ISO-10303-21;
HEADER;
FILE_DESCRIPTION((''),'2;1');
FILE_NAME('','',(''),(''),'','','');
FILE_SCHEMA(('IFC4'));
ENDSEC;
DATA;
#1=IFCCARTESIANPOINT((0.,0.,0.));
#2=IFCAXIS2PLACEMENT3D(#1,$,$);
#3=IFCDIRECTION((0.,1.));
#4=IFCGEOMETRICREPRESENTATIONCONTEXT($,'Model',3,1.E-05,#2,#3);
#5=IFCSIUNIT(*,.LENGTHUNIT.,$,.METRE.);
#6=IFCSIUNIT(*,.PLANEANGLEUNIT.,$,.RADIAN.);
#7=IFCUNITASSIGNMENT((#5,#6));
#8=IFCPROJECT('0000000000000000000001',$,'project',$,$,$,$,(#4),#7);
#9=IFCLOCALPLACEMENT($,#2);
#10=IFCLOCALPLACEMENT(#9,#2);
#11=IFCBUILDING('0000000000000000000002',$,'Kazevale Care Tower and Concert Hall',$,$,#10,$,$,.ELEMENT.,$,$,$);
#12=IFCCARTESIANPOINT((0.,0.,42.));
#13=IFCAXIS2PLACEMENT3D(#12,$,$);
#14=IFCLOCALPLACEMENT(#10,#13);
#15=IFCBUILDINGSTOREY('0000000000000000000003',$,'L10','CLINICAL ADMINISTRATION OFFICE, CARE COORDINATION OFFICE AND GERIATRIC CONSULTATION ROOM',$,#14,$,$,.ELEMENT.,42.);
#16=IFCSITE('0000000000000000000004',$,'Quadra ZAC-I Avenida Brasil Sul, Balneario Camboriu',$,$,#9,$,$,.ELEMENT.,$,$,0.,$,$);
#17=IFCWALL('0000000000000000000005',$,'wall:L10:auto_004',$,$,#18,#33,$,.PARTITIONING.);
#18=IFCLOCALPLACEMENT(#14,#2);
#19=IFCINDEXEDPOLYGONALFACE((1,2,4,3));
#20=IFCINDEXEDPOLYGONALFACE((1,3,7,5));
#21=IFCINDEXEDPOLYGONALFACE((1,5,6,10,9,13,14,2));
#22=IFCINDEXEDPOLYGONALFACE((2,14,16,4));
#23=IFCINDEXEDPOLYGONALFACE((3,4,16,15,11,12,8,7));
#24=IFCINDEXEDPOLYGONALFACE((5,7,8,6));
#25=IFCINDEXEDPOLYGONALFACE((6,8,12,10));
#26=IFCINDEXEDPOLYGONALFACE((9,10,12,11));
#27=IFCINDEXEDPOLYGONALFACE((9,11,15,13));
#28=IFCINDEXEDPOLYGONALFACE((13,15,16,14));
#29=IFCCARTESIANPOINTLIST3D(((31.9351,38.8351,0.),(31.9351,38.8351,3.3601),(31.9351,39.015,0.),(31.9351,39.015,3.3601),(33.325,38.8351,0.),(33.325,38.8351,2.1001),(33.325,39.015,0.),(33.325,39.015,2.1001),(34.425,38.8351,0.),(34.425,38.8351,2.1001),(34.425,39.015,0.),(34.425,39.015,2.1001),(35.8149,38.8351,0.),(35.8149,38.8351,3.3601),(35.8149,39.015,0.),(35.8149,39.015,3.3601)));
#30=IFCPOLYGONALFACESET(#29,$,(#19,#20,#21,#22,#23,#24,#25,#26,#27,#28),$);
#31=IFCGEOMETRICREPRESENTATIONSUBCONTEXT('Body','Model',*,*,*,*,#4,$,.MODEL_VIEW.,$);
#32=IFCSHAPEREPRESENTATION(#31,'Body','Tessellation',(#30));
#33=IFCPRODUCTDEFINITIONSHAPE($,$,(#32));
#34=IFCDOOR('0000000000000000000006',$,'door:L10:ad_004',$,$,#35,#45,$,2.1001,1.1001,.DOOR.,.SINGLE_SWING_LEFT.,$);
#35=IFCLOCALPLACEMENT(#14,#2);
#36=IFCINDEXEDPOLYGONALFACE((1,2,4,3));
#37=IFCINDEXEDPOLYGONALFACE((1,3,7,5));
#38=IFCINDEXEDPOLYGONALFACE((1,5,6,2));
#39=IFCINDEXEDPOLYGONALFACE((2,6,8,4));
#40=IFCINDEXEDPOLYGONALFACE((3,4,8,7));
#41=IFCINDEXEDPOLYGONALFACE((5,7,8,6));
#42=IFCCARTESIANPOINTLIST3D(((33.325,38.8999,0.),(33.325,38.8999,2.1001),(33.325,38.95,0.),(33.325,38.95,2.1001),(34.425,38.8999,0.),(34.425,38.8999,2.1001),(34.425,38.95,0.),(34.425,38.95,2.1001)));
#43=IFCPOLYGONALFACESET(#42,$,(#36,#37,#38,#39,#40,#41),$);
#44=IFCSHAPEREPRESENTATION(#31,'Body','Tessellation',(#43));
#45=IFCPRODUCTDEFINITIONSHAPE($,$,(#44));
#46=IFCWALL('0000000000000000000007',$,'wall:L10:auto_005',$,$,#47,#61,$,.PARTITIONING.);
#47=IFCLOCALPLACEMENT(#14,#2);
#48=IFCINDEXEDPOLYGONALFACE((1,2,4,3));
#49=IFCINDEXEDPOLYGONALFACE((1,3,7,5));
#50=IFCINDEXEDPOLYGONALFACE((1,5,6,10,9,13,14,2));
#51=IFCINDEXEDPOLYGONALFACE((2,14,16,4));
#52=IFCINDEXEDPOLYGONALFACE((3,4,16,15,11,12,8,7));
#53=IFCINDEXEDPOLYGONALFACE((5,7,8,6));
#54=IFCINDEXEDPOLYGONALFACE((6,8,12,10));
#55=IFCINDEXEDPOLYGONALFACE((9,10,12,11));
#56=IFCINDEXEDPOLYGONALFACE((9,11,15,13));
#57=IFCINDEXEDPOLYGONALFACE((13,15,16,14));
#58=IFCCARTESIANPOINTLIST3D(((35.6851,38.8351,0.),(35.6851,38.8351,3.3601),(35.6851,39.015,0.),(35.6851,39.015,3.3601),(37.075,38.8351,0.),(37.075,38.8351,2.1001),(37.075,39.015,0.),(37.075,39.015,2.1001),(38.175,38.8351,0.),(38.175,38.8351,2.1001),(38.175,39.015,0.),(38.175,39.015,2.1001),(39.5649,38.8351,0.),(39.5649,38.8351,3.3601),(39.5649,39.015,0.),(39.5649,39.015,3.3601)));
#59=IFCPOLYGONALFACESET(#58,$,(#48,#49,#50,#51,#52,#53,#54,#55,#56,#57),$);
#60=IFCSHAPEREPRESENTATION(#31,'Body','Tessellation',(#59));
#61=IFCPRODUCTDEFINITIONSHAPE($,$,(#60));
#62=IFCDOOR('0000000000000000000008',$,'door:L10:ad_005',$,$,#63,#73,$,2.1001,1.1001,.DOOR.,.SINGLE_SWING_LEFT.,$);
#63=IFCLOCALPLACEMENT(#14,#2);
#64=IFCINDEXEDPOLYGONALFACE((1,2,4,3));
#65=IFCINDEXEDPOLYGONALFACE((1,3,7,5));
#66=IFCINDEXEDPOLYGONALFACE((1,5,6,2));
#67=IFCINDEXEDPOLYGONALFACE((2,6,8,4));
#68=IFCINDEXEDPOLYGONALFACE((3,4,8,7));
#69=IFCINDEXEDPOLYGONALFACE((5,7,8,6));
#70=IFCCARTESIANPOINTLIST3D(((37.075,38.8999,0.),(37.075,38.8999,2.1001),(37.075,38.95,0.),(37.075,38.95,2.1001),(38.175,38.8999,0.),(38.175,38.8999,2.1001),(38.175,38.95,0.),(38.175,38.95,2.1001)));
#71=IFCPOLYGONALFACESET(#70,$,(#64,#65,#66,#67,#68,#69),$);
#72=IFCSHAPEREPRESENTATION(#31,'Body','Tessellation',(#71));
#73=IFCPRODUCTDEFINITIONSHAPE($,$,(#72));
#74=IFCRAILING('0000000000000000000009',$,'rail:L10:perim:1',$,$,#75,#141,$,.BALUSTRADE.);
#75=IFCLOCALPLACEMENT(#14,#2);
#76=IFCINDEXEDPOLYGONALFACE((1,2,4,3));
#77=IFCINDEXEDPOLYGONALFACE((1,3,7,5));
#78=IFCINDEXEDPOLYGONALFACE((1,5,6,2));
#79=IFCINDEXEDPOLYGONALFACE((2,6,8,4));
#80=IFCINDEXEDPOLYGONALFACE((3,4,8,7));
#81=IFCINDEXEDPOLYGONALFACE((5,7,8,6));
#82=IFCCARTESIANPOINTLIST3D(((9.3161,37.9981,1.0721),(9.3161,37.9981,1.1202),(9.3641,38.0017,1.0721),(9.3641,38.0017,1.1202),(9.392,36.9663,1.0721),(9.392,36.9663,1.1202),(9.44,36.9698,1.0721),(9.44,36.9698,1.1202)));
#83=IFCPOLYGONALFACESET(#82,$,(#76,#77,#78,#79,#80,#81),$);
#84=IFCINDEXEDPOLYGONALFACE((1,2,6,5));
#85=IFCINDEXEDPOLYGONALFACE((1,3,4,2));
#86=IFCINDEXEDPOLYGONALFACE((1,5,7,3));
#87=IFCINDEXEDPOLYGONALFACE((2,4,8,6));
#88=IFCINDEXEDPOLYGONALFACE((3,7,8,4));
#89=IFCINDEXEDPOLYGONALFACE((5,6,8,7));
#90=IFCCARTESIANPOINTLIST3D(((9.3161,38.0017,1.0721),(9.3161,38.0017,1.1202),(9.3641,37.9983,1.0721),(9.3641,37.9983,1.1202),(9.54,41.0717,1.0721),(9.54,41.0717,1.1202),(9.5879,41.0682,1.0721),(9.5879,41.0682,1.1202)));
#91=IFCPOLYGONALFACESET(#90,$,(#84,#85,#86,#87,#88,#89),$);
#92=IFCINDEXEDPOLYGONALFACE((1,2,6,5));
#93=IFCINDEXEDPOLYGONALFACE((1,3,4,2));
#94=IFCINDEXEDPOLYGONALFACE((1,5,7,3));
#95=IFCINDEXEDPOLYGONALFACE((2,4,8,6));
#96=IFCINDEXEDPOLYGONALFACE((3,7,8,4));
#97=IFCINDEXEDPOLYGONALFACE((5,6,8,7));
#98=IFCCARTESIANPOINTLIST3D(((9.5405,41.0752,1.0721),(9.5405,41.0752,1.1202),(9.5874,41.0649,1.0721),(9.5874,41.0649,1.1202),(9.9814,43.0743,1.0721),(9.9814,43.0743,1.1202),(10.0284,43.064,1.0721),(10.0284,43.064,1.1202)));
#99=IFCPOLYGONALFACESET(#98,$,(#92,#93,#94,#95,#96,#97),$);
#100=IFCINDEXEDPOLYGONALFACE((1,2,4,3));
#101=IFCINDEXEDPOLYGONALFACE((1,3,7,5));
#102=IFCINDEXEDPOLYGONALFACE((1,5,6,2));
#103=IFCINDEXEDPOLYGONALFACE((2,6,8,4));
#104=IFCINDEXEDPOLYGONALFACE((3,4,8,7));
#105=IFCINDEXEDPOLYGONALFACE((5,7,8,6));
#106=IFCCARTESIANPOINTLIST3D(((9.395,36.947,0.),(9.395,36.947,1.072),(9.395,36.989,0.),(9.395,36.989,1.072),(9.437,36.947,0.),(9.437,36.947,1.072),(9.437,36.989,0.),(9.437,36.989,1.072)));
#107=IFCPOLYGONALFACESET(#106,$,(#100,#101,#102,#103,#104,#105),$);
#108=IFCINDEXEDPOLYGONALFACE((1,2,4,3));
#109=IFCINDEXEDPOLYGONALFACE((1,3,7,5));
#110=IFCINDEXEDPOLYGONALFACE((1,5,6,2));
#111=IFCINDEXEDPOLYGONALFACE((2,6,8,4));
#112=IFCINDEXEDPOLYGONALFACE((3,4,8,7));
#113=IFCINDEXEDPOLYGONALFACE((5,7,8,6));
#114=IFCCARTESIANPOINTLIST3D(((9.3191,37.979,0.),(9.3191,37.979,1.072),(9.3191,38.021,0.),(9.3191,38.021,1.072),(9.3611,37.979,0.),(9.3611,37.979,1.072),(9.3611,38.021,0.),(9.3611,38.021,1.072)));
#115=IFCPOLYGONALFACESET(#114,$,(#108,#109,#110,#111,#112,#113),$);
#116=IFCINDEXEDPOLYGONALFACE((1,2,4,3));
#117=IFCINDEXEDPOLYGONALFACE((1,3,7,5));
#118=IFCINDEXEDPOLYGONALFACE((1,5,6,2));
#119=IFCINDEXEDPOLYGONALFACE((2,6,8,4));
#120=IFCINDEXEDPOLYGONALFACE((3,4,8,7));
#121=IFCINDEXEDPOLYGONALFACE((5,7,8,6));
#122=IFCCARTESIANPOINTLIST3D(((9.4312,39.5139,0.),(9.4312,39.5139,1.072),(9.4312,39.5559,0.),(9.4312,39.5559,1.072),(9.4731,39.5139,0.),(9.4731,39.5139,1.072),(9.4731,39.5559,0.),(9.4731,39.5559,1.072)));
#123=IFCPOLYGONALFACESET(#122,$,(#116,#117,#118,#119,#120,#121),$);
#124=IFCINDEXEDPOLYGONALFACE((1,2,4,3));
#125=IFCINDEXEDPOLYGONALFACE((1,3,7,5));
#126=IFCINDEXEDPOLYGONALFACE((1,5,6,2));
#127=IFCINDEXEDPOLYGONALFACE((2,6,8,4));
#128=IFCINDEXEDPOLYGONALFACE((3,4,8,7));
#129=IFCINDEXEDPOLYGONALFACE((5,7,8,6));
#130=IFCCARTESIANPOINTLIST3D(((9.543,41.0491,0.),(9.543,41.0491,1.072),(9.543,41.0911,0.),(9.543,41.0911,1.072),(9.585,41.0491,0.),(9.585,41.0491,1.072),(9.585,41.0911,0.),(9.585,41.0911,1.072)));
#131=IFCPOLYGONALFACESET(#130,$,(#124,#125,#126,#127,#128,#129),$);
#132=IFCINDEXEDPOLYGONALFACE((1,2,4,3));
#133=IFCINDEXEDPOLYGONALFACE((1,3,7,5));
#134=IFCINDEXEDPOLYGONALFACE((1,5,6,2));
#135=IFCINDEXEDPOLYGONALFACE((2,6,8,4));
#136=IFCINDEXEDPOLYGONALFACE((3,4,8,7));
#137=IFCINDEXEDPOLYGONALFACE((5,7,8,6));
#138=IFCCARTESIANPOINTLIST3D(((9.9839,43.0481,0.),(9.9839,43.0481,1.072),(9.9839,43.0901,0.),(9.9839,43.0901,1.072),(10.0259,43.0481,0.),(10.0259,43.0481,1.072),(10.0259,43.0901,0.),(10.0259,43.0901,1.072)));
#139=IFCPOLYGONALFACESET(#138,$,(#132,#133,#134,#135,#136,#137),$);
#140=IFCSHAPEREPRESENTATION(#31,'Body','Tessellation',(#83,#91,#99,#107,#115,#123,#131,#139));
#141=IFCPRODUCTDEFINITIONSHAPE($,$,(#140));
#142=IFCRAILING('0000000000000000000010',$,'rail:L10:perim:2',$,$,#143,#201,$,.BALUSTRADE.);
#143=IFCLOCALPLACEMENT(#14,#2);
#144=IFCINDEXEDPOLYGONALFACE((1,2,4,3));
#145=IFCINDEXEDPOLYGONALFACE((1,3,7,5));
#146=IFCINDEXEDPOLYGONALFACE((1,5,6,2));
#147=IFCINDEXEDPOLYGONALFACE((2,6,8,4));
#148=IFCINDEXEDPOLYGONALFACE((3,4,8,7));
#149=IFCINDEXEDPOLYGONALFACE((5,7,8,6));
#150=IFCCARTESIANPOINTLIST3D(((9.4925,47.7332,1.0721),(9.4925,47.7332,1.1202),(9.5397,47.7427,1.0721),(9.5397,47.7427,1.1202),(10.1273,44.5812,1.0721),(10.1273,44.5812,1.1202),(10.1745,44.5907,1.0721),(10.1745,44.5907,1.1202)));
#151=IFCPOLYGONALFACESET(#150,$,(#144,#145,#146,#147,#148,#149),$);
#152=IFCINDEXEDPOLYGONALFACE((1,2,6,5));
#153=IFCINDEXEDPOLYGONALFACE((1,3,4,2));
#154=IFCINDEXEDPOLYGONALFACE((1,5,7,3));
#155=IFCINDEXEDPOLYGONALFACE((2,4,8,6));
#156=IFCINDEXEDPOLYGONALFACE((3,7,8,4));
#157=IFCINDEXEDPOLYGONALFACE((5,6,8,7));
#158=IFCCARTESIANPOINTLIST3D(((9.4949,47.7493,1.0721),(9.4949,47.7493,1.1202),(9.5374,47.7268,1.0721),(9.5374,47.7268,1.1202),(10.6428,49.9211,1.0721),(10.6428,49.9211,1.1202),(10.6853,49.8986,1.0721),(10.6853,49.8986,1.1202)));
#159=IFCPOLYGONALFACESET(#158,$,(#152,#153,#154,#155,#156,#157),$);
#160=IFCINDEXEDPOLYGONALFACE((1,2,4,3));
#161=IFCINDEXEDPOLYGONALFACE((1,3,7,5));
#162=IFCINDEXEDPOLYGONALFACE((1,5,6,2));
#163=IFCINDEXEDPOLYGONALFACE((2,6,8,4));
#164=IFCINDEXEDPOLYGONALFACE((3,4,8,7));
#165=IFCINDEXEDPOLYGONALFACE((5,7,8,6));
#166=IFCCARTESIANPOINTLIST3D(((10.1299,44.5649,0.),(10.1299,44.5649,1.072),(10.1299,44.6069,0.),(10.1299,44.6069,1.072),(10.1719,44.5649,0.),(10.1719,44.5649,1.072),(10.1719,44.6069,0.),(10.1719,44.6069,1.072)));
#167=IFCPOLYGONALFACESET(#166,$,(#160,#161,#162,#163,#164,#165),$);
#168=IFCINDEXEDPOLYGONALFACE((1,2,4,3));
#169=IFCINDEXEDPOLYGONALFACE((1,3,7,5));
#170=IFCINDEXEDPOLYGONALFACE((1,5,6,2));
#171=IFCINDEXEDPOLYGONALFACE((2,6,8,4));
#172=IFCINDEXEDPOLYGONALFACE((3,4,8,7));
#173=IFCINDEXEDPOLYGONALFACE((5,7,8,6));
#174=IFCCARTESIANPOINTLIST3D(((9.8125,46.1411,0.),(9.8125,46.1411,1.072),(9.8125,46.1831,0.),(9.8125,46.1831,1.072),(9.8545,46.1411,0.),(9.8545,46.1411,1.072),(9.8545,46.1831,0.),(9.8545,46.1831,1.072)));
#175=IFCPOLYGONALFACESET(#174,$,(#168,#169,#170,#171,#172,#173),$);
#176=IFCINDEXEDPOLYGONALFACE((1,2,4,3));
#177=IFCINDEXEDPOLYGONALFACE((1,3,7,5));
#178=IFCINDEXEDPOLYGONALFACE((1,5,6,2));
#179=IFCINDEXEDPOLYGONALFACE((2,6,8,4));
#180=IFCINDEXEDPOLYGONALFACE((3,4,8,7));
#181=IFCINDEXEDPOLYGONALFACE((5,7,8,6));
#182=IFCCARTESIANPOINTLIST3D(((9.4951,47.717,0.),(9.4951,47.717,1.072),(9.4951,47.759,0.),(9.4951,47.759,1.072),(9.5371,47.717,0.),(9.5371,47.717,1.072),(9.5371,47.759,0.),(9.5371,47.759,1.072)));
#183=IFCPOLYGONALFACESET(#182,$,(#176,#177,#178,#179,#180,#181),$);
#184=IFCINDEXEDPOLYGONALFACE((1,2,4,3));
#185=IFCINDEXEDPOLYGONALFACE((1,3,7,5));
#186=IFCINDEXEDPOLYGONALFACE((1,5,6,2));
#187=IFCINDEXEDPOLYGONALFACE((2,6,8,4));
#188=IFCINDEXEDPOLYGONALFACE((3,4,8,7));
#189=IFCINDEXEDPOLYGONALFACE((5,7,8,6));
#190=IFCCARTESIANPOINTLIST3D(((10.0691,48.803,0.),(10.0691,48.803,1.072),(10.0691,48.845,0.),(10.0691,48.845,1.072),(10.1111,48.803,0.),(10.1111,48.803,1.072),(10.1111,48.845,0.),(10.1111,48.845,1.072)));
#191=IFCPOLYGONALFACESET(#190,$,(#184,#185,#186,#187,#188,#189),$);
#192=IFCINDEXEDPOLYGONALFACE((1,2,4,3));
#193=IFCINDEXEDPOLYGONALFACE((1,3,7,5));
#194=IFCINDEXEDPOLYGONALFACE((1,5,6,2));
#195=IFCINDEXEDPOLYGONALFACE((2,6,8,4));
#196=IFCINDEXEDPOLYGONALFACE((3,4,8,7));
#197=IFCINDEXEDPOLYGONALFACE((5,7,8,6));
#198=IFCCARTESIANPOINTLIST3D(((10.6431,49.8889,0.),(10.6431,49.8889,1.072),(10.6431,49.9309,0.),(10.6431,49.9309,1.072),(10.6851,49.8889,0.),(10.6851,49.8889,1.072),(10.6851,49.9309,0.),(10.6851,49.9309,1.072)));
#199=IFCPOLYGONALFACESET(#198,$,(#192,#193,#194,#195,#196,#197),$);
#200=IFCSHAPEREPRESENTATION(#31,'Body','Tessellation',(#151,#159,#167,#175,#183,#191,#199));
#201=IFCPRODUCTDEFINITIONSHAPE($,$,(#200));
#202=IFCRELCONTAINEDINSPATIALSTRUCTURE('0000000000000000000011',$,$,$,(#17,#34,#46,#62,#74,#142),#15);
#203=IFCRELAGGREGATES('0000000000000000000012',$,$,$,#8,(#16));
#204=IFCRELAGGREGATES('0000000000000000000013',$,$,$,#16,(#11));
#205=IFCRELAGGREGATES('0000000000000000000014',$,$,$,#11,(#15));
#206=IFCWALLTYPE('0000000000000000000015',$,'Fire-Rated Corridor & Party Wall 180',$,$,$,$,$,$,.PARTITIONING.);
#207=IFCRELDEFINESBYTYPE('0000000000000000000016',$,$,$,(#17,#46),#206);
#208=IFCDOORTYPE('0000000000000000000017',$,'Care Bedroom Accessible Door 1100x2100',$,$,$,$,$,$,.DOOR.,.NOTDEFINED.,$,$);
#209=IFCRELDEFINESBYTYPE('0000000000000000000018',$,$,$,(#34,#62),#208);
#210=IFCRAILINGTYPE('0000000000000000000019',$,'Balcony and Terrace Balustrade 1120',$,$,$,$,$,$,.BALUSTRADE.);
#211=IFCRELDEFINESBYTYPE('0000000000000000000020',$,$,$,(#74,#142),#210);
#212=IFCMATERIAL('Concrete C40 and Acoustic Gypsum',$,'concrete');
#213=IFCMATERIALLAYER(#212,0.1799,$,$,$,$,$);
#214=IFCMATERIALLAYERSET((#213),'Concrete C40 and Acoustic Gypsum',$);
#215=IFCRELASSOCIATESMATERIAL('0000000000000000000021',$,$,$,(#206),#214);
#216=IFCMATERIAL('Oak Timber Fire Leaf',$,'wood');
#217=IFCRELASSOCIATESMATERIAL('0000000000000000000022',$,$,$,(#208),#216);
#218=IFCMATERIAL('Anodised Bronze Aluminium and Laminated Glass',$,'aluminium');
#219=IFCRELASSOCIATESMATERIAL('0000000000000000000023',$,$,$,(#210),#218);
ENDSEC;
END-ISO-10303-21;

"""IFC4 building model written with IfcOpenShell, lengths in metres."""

from ifc_helpers import new_model, si_unit, direction, frame, frame_2d, origin, origin_2d, place, context, subcontext, project, spatial, rectangle, extrude, material, layer, layer_set, type_object, element, fill, save


model = new_model("IFC4")

# Units and contexts
model_context = context("Model", 3, precision=1e-05, world=origin(), true_north=direction((0.0, 1.0)))
body_context = subcontext(model_context, "Body", "Model", "MODEL_VIEW")
ifc_project = project(units=[si_unit("LENGTHUNIT", "METRE"), si_unit("PLANEANGLEUNIT", "RADIAN")], contexts=[model_context])

# Site, building, storey
site_placement = place(None, origin())
site = spatial("IfcSite", under=ifc_project, at=site_placement, Name="Quadra ZAC-I Avenida Brasil Sul, Balneario Camboriu", CompositionType="ELEMENT", RefElevation=0.0)
building_placement = place(site_placement, origin())
building = spatial("IfcBuilding", under=site, at=building_placement, Name="Kazevale Care Tower and Concert Hall", CompositionType="ELEMENT")
storey_placement = place(building_placement, frame((0.0, 0.0, 42.0)))
storey = spatial("IfcBuildingStorey", under=building, at=storey_placement, Name="L10", Description="CLINICAL ADMINISTRATION OFFICE, CARE COORDINATION OFFICE AND GERIATRIC CONSULTATION ROOM", CompositionType="ELEMENT", Elevation=42.0)

# Walls, openings, doors
ifc_material_1 = material(Name="Concrete C40 and Acoustic Gypsum", Category="concrete")
ifc_layer_1 = layer(ifc_material_1, 0.1799)
ifc_layer_set_1 = layer_set([ifc_layer_1], Name="Concrete C40 and Acoustic Gypsum")
wall_type = type_object("IfcWallType", Name="Fire-Rated Corridor & Party Wall 180", PredefinedType="PARTITIONING", material=ifc_layer_set_1)
ifc_material_2 = material(Name="Oak Timber Fire Leaf", Category="wood")
door_type = type_object("IfcDoorType", Name="Care Bedroom Accessible Door 1100x2100", OperationType="NOTDEFINED", PredefinedType="DOOR", material=ifc_material_2)
wall_1_placement = place(storey_placement, frame((31.9351, 38.925, 0.0), z_axis=(0.0, 0.0, 1.0), x_axis=(1.0, 0.0, 0.0)))
wall_1 = element("IfcWall", 1, at=wall_1_placement, inside=storey, type_object=wall_type, Name="wall:L10:auto_004", PredefinedType="PARTITIONING", context=body_context, shape_type="SweptSolid", body=[
    extrude(rectangle(XDim=3.8799, YDim=0.1799, at=frame_2d((1.9399, 0.0))), origin(), (0.0, 0.0, 1.0), 3.3601),
])
opening_1_placement = place(wall_1_placement, frame((1.3899, 0.0, 0.0)))
opening_1 = element("IfcOpeningElement", 2, at=opening_1_placement, cuts=wall_1, PredefinedType="OPENING", context=body_context, shape_type="SweptSolid", body=[
    extrude(rectangle(XDim=1.1001, YDim=2.1001, at=frame_2d((0.55, 1.05))), frame((0.0, 0.0999, 0.0), z_axis=(0.0, -1.0, 0.0), x_axis=(1.0, 0.0, 0.0)), (0.0, 0.0, 1.0), 0.2),
])
door_1_placement = place(opening_1_placement, origin())
door_1 = element("IfcDoor", 3, at=door_1_placement, inside=storey, type_object=door_type, Name="door:L10:ad_004", OperationType="SINGLE_SWING_LEFT", OverallHeight=2.1001, OverallWidth=1.1001, PredefinedType="DOOR", context=body_context, shape_type="SweptSolid", body=[
    extrude(rectangle(XDim=1.1001, YDim=2.1001, at=frame_2d((0.55, 1.05))), frame((0.0, 0.0249, 0.0), z_axis=(0.0, -1.0, 0.0), x_axis=(1.0, 0.0, 0.0)), (0.0, 0.0, 1.0), 0.05),
])
fill(opening_1, door_1)
wall_2_placement = place(storey_placement, frame((35.6851, 38.925, 0.0), z_axis=(0.0, 0.0, 1.0), x_axis=(1.0, 0.0, 0.0)))
wall_2 = element("IfcWall", 4, at=wall_2_placement, inside=storey, type_object=wall_type, Name="wall:L10:auto_005", PredefinedType="PARTITIONING", context=body_context, shape_type="SweptSolid", body=[
    extrude(rectangle(XDim=3.8799, YDim=0.1799, at=frame_2d((1.9399, 0.0))), origin(), (0.0, 0.0, 1.0), 3.3601),
])
opening_2_placement = place(wall_2_placement, frame((1.3899, 0.0, 0.0)))
opening_2 = element("IfcOpeningElement", 5, at=opening_2_placement, cuts=wall_2, PredefinedType="OPENING", context=body_context, shape_type="SweptSolid", body=[
    extrude(rectangle(XDim=1.1001, YDim=2.1001, at=frame_2d((0.55, 1.05))), frame((0.0, 0.0999, 0.0), z_axis=(0.0, -1.0, 0.0), x_axis=(1.0, 0.0, 0.0)), (0.0, 0.0, 1.0), 0.2),
])
door_2_placement = place(opening_2_placement, origin())
door_2 = element("IfcDoor", 6, at=door_2_placement, inside=storey, type_object=door_type, Name="door:L10:ad_005", OperationType="SINGLE_SWING_LEFT", OverallHeight=2.1001, OverallWidth=1.1001, PredefinedType="DOOR", context=body_context, shape_type="SweptSolid", body=[
    extrude(rectangle(XDim=1.1001, YDim=2.1001, at=frame_2d((0.55, 1.05))), frame((0.0, 0.0249, 0.0), z_axis=(0.0, -1.0, 0.0), x_axis=(1.0, 0.0, 0.0)), (0.0, 0.0, 1.0), 0.05),
])
fill(opening_2, door_2)

# Railings
ifc_material_3 = material(Name="Anodised Bronze Aluminium and Laminated Glass", Category="aluminium")
railing_type = type_object("IfcRailingType", Name="Balcony and Terrace Balustrade 1120", PredefinedType="BALUSTRADE", material=ifc_material_3)
railing_1_placement = place(storey_placement, frame((9.416, 36.968, 0.0)))
element("IfcRailing", 7, at=railing_1_placement, inside=storey, type_object=railing_type, Name="rail:L10:perim:1", PredefinedType="BALUSTRADE", context=body_context, shape_type="SweptSolid", body=[
    extrude(rectangle(XDim=0.0481, YDim=0.0481, at=origin_2d()), frame((0.0, 0.0, 1.0962), z_axis=(-0.073376, 0.997304, 0.0), x_axis=(-0.997304, -0.073376, 0.0)), (0.0, 0.0, 1.0), 1.0347),
    extrude(rectangle(XDim=0.0481, YDim=0.0481, at=origin_2d()), frame((-0.0759, 1.032, 1.0962), z_axis=(0.072729, 0.997352, 0.0), x_axis=(-0.997352, 0.072729, 0.0)), (0.0, 0.0, 1.0), 3.0781),
    extrude(rectangle(XDim=0.0481, YDim=0.0481, at=origin_2d()), frame((0.1479, 4.1021, 1.0962), z_axis=(0.21539, 0.976528, 0.0), x_axis=(-0.976528, 0.21539, 0.0)), (0.0, 0.0, 1.0), 2.0471),
    extrude(rectangle(XDim=0.042, YDim=0.042, at=origin_2d()), origin(), (0.0, 0.0, 1.0), 1.072),
    extrude(rectangle(XDim=0.042, YDim=0.042, at=origin_2d()), frame((-0.0759, 1.032, 0.0)), (0.0, 0.0, 1.0), 1.072),
    extrude(rectangle(XDim=0.042, YDim=0.042, at=origin_2d()), frame((0.0361, 2.5669, 0.0)), (0.0, 0.0, 1.0), 1.072),
    extrude(rectangle(XDim=0.042, YDim=0.042, at=origin_2d()), frame((0.1479, 4.1021, 0.0)), (0.0, 0.0, 1.0), 1.072),
    extrude(rectangle(XDim=0.042, YDim=0.042, at=origin_2d()), frame((0.5889, 6.1011, 0.0)), (0.0, 0.0, 1.0), 1.072),
])
railing_2_placement = place(storey_placement, frame((10.1509, 44.5859, 0.0)))
element("IfcRailing", 8, at=railing_2_placement, inside=storey, type_object=railing_type, Name="rail:L10:perim:2", PredefinedType="BALUSTRADE", context=body_context, shape_type="SweptSolid", body=[
    extrude(rectangle(XDim=0.0481, YDim=0.0481, at=origin_2d()), frame((0.0, 0.0, 1.0962), z_axis=(-0.197416, 0.98032, 0.0), x_axis=(-0.98032, -0.197416, 0.0)), (0.0, 0.0, 1.0), 3.2153),
    extrude(rectangle(XDim=0.0481, YDim=0.0481, at=origin_2d()), frame((-0.6348, 3.1521, 1.0962), z_axis=(0.467294, 0.884102, 0.0), x_axis=(-0.884102, 0.467294, 0.0)), (0.0, 0.0, 1.0), 2.4565),
    extrude(rectangle(XDim=0.042, YDim=0.042, at=origin_2d()), origin(), (0.0, 0.0, 1.0), 1.072),
    extrude(rectangle(XDim=0.042, YDim=0.042, at=origin_2d()), frame((-0.3174, 1.5762, 0.0)), (0.0, 0.0, 1.0), 1.072),
    extrude(rectangle(XDim=0.042, YDim=0.042, at=origin_2d()), frame((-0.6348, 3.1521, 0.0)), (0.0, 0.0, 1.0), 1.072),
    extrude(rectangle(XDim=0.042, YDim=0.042, at=origin_2d()), frame((-0.0608, 4.238, 0.0)), (0.0, 0.0, 1.0), 1.072),
    extrude(rectangle(XDim=0.042, YDim=0.042, at=origin_2d()), frame((0.5132, 5.324, 0.0)), (0.0, 0.0, 1.0), 1.072),
])

save(model, "model.ifc")
